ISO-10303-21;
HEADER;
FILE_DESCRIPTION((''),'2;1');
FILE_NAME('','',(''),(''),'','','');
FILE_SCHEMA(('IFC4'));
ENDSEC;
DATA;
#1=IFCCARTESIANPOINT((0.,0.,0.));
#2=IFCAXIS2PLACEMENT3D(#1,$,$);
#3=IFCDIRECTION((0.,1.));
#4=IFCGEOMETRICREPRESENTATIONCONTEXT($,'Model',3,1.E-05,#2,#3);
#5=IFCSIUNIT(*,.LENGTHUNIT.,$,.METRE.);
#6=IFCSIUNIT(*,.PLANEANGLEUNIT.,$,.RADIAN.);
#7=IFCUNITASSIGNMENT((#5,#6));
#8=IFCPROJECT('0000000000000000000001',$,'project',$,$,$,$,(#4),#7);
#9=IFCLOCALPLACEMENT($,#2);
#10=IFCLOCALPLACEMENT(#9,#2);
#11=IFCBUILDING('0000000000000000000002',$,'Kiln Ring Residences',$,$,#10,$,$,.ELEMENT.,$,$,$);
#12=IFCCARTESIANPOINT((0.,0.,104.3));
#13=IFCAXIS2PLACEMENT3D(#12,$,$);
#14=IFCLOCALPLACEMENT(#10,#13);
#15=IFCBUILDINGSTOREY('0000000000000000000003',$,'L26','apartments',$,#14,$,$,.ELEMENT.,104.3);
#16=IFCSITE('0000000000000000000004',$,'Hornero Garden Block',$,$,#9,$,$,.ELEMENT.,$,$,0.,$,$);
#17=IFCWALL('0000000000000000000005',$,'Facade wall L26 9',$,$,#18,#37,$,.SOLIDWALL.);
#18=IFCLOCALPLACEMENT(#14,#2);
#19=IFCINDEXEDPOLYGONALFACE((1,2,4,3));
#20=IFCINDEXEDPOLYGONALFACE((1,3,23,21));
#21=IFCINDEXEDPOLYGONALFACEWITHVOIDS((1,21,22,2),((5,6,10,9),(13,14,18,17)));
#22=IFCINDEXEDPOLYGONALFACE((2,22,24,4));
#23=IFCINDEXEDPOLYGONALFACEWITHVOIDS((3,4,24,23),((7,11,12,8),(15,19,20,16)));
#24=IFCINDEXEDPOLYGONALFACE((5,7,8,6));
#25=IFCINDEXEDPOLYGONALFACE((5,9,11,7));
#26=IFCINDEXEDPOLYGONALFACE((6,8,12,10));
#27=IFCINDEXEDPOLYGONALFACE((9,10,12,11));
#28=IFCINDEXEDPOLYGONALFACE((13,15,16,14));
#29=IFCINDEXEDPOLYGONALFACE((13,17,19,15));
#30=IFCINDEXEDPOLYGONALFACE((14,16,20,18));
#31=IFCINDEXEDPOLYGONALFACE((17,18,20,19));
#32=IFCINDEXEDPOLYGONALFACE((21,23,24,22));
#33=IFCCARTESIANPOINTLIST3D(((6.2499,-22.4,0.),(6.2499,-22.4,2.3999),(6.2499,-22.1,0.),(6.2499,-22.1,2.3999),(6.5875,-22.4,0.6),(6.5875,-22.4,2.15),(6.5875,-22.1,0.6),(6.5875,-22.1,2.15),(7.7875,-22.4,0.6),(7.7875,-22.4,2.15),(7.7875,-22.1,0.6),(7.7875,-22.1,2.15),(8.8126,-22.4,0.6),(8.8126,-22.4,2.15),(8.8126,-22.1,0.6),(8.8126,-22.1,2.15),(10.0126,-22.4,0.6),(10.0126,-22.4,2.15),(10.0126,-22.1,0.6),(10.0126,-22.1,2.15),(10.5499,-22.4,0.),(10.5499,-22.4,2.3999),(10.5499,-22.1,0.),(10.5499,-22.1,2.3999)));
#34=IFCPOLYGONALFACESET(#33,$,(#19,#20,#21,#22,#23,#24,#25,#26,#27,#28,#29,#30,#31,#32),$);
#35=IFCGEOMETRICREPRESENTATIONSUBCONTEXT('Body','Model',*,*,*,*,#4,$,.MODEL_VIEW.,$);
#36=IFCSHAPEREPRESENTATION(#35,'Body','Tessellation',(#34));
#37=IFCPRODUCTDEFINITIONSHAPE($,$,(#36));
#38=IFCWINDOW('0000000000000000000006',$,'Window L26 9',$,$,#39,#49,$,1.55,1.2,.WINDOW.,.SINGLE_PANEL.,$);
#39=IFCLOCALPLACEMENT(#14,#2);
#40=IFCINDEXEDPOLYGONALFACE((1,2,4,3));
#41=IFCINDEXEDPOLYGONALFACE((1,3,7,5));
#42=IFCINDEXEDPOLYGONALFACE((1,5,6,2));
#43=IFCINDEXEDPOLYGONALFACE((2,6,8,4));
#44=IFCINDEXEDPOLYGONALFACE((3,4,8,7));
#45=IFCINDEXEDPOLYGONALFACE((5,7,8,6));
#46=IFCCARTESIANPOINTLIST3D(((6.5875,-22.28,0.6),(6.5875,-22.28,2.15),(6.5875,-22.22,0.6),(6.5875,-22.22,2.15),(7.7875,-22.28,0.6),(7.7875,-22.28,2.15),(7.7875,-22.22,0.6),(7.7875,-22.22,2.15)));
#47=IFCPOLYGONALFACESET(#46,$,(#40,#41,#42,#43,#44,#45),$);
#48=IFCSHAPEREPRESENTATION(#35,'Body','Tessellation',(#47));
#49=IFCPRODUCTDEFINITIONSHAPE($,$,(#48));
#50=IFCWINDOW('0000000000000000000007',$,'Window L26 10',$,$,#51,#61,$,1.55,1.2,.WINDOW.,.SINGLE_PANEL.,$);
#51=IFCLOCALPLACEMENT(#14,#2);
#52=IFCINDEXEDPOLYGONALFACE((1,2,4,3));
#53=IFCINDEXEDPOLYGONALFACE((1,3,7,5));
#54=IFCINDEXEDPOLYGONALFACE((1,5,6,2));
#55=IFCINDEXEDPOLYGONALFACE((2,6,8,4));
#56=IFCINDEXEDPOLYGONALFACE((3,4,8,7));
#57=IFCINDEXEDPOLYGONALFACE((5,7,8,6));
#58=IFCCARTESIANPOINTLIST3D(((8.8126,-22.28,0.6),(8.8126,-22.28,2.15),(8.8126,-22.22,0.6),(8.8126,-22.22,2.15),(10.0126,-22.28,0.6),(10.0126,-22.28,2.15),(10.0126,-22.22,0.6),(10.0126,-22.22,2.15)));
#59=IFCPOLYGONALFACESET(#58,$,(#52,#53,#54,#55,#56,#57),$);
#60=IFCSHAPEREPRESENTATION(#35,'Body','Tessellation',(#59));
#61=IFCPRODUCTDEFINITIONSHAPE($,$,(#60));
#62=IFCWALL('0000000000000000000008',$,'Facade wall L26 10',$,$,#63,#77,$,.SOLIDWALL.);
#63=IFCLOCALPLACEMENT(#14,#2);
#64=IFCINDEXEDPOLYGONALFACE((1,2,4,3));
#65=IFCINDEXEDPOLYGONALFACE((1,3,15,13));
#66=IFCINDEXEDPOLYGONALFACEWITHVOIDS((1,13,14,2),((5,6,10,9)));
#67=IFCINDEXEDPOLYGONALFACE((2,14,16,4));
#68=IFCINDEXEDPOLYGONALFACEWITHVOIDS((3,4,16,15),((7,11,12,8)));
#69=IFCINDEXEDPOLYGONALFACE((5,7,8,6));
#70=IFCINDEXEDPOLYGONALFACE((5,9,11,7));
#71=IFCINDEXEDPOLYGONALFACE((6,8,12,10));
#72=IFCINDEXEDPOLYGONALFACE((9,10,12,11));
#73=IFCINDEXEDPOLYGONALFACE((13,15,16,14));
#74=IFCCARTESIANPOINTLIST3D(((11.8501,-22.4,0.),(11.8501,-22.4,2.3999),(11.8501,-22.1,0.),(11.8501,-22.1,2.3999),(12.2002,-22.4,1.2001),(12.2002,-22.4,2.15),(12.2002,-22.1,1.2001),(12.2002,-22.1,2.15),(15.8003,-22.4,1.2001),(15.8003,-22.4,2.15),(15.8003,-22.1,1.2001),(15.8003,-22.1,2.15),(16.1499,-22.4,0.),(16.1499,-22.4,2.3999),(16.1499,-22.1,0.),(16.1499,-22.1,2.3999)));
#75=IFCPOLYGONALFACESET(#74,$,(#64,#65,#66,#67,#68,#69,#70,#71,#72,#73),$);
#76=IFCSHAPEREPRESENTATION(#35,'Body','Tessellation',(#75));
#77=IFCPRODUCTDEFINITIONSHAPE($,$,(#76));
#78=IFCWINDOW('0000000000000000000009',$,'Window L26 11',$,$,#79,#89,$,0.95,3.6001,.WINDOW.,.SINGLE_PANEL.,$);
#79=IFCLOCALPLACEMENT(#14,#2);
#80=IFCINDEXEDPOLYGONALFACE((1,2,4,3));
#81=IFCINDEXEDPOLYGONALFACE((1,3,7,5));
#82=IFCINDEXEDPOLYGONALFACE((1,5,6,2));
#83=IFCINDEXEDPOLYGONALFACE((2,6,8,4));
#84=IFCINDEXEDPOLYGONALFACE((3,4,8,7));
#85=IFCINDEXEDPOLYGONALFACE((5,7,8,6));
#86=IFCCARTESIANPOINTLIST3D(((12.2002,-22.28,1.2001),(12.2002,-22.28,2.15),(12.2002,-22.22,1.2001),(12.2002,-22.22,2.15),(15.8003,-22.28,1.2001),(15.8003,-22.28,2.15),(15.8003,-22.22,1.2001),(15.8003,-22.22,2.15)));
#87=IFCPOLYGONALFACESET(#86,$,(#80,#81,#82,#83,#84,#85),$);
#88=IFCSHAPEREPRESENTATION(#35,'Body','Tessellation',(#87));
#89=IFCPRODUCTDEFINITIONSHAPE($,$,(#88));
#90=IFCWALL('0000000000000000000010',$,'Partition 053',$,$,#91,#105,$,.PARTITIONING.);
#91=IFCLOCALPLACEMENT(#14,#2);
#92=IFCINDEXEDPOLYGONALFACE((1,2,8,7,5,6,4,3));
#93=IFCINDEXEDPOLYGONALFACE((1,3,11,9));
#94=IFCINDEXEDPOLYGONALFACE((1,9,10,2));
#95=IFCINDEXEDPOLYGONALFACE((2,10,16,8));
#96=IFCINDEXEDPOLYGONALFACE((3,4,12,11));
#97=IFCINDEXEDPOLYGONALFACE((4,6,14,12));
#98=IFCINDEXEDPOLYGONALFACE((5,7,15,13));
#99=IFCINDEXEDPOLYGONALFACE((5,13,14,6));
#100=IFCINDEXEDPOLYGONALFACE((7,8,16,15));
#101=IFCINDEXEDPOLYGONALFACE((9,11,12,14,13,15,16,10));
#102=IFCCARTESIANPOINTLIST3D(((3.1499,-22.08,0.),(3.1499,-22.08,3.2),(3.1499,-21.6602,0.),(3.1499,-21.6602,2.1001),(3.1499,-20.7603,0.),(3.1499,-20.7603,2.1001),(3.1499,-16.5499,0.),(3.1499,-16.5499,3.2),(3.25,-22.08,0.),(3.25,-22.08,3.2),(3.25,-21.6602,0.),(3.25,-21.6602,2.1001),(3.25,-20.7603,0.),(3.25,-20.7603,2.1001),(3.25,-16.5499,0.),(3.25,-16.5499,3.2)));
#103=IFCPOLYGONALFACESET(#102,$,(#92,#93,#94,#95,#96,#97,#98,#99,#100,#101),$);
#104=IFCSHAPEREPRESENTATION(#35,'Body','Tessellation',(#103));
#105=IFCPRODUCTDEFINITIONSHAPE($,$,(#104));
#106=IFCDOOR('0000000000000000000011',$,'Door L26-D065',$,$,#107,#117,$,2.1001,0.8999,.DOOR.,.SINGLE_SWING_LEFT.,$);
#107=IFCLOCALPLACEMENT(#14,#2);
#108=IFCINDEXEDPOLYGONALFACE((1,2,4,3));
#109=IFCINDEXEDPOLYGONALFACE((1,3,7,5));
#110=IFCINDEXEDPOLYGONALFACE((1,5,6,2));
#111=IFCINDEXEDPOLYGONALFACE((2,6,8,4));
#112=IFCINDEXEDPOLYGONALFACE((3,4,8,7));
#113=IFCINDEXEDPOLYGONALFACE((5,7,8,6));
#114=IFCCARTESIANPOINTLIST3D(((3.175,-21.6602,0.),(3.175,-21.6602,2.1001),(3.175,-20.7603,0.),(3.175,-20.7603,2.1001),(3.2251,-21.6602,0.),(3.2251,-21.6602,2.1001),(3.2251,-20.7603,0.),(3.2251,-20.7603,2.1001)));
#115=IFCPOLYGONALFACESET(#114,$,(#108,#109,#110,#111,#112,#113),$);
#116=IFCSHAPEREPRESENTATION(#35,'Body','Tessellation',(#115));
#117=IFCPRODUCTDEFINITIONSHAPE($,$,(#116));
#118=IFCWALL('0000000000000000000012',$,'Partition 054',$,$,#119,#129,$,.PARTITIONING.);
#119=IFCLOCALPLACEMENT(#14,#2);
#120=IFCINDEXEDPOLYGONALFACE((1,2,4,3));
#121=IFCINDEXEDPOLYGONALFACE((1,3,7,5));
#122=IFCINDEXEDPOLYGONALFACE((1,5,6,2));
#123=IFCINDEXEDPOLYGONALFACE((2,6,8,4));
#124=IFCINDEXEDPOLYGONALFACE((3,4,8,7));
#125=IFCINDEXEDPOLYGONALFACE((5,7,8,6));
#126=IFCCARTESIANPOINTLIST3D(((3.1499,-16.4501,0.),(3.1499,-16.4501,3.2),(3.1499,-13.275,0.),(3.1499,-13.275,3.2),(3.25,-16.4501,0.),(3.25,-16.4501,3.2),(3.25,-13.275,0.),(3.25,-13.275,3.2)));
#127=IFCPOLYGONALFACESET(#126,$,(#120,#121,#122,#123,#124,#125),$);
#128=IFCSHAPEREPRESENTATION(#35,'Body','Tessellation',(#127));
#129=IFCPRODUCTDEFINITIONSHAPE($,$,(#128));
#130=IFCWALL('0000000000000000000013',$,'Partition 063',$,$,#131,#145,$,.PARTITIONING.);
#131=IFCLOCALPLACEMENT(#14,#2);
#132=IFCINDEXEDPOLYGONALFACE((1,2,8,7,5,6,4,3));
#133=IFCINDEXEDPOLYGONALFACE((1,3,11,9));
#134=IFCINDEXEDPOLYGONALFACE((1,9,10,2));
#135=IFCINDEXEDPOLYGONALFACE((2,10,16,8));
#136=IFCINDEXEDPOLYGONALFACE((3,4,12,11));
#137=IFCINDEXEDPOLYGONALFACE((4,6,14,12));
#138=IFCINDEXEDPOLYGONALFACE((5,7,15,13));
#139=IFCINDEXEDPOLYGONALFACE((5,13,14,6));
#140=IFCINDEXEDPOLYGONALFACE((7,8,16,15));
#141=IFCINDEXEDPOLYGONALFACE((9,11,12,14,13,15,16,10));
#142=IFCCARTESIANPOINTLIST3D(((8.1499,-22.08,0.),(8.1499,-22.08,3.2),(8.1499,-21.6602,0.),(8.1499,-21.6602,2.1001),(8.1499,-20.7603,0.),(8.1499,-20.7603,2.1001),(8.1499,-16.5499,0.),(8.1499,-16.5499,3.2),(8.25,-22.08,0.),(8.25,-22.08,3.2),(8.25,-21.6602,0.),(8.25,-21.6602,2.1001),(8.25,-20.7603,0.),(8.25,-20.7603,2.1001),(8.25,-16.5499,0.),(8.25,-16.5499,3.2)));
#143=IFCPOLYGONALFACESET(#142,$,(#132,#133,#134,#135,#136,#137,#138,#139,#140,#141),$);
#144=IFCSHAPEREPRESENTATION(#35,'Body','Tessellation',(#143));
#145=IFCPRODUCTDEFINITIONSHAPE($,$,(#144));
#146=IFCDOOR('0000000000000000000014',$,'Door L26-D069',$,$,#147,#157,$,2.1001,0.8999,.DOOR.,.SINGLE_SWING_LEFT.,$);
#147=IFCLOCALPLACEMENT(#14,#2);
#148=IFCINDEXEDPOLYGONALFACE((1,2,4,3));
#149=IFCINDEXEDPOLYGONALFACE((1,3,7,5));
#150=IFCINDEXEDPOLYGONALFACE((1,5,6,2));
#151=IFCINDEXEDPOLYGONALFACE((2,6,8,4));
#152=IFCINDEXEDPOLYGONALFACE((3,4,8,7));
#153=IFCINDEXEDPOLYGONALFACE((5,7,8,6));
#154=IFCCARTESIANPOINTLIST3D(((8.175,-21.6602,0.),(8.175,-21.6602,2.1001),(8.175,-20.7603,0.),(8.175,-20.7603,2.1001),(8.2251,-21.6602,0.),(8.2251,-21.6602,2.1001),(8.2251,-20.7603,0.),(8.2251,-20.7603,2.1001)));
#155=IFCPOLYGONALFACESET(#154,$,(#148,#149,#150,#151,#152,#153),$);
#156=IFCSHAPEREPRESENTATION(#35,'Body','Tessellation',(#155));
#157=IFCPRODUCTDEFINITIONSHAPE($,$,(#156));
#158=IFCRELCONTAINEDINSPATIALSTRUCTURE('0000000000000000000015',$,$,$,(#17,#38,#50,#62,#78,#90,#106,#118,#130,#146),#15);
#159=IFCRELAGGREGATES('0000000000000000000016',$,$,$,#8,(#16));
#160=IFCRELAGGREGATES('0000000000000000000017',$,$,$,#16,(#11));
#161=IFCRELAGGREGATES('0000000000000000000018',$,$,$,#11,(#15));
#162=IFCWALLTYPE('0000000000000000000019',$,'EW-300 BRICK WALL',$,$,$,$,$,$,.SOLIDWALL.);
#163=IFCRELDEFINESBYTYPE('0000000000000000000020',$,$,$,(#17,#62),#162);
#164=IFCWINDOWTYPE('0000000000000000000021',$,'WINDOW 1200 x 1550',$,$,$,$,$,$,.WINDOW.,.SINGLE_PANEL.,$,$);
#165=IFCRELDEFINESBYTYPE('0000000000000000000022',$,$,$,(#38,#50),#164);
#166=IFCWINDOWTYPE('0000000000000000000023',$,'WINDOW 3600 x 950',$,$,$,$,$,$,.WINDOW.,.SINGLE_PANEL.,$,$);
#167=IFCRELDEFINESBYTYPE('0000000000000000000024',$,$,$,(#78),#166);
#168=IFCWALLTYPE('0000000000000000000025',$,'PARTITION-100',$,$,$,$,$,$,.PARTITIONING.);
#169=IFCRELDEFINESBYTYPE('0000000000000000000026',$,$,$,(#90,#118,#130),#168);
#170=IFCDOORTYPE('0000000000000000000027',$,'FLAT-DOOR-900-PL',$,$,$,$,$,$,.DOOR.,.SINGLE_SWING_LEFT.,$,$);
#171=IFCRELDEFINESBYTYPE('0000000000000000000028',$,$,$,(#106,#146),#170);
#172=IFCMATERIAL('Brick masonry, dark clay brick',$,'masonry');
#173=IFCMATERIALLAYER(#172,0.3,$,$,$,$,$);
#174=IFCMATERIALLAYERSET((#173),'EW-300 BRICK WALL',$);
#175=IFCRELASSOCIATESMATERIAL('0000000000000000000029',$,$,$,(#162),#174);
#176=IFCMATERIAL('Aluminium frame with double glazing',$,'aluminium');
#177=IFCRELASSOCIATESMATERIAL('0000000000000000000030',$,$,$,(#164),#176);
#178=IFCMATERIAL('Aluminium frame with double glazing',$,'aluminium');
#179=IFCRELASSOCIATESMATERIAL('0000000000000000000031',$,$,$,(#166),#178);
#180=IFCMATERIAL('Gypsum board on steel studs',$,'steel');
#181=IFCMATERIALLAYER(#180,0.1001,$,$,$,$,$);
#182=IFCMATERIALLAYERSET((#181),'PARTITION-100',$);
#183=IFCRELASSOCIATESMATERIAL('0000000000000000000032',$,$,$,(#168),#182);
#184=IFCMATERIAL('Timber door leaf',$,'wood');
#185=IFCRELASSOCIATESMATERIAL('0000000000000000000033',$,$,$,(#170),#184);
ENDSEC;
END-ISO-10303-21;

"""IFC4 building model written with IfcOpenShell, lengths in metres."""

from ifc_helpers import new_model, si_unit, direction, frame, frame_2d, origin, place, context, subcontext, project, spatial, rectangle, extrude, material, layer, layer_set, type_object, element, fill, save


model = new_model("IFC4")

# Units and contexts
model_context = context("Model", 3, precision=1e-05, world=origin(), true_north=direction((0.0, 1.0)))
body_context = subcontext(model_context, "Body", "Model", "MODEL_VIEW")
ifc_project = project(units=[si_unit("LENGTHUNIT", "METRE"), si_unit("PLANEANGLEUNIT", "RADIAN")], contexts=[model_context])

# Site, building, storey
site_placement = place(None, origin())
site = spatial("IfcSite", under=ifc_project, at=site_placement, Name="Hornero Garden Block", CompositionType="ELEMENT", RefElevation=0.0)
building_placement = place(site_placement, origin())
building = spatial("IfcBuilding", under=site, at=building_placement, Name="Kiln Ring Residences", CompositionType="ELEMENT")
storey_placement = place(building_placement, frame((0.0, 0.0, 104.3)))
storey = spatial("IfcBuildingStorey", under=building, at=storey_placement, Name="L26", Description="apartments", CompositionType="ELEMENT", Elevation=104.3)

# Wall, openings, windows
ifc_material_1 = material(Name="Brick masonry, dark clay brick", Category="masonry")
ifc_layer_1 = layer(ifc_material_1, 0.3)
ifc_layer_set_1 = layer_set([ifc_layer_1], Name="EW-300 BRICK WALL")
wall_type_1 = type_object("IfcWallType", Name="EW-300 BRICK WALL", PredefinedType="SOLIDWALL", material=ifc_layer_set_1)
wall_1_placement = place(storey_placement, frame((6.25, -22.25, 0.0), z_axis=(0.0, 0.0, 1.0), x_axis=(1.0, 0.0, 0.0)))
wall_1 = element("IfcWall", 1, at=wall_1_placement, inside=storey, type_object=wall_type_1, Name="Facade wall L26 9", PredefinedType="SOLIDWALL", context=body_context, shape_type="SweptSolid", body=[
    extrude(rectangle(XDim=4.3, YDim=0.3, at=frame_2d((2.1499, 0.0))), origin(), (0.0, 0.0, 1.0), 2.3999),
])
opening_1_placement = place(wall_1_placement, frame((0.3374, 0.0, 0.6001)))
opening_1 = element("IfcOpeningElement", 2, at=opening_1_placement, cuts=wall_1, PredefinedType="OPENING", context=body_context, shape_type="SweptSolid", body=[
    extrude(rectangle(XDim=1.2, YDim=1.55, at=frame_2d((0.6001, 0.7749))), frame((0.0, 0.1599, 0.0), z_axis=(0.0, -1.0, 0.0), x_axis=(1.0, 0.0, 0.0)), (0.0, 0.0, 1.0), 0.3201),
])
opening_2_placement = place(wall_1_placement, frame((2.5625, 0.0, 0.6001)))
opening_2 = element("IfcOpeningElement", 3, at=opening_2_placement, cuts=wall_1, PredefinedType="OPENING", context=body_context, shape_type="SweptSolid", body=[
    extrude(rectangle(XDim=1.2, YDim=1.55, at=frame_2d((0.6001, 0.7749))), frame((0.0, 0.1599, 0.0), z_axis=(0.0, -1.0, 0.0), x_axis=(1.0, 0.0, 0.0)), (0.0, 0.0, 1.0), 0.3201),
])
ifc_material_2 = material(Name="Aluminium frame with double glazing", Category="aluminium")
window_type_1 = type_object("IfcWindowType", Name="WINDOW 1200 x 1550", PartitioningType="SINGLE_PANEL", PredefinedType="WINDOW", material=ifc_material_2)
window_1_placement = place(opening_1_placement, origin())
window_1 = element("IfcWindow", 4, at=window_1_placement, inside=storey, type_object=window_type_1, Name="Window L26 9", OverallHeight=1.55, OverallWidth=1.2, PartitioningType="SINGLE_PANEL", PredefinedType="WINDOW", context=body_context, shape_type="SweptSolid", body=[
    extrude(rectangle(XDim=1.2, YDim=1.55, at=frame_2d((0.6001, 0.7749))), frame((0.0, 0.03, 0.0), z_axis=(0.0, -1.0, 0.0), x_axis=(1.0, 0.0, 0.0)), (0.0, 0.0, 1.0), 0.0601),
])
fill(opening_1, window_1)
window_2_placement = place(opening_2_placement, origin())
window_2 = element("IfcWindow", 5, at=window_2_placement, inside=storey, type_object=window_type_1, Name="Window L26 10", OverallHeight=1.55, OverallWidth=1.2, PartitioningType="SINGLE_PANEL", PredefinedType="WINDOW", context=body_context, shape_type="SweptSolid", body=[
    extrude(rectangle(XDim=1.2, YDim=1.55, at=frame_2d((0.6001, 0.7749))), frame((0.0, 0.03, 0.0), z_axis=(0.0, -1.0, 0.0), x_axis=(1.0, 0.0, 0.0)), (0.0, 0.0, 1.0), 0.0601),
])
fill(opening_2, window_2)

# Wall, opening, window
wall_2_placement = place(storey_placement, frame((11.8501, -22.25, 0.0), z_axis=(0.0, 0.0, 1.0), x_axis=(1.0, 0.0, 0.0)))
wall_2 = element("IfcWall", 6, at=wall_2_placement, inside=storey, type_object=wall_type_1, Name="Facade wall L26 10", PredefinedType="SOLIDWALL", context=body_context, shape_type="SweptSolid", body=[
    extrude(rectangle(XDim=4.2998, YDim=0.3, at=frame_2d((2.1499, 0.0))), origin(), (0.0, 0.0, 1.0), 2.3999),
])
opening_3_placement = place(wall_2_placement, frame((0.3501, 0.0, 1.2)))
opening_3 = element("IfcOpeningElement", 7, at=opening_3_placement, cuts=wall_2, PredefinedType="OPENING", context=body_context, shape_type="SweptSolid", body=[
    extrude(rectangle(XDim=3.6001, YDim=0.95, at=frame_2d((1.8, 0.4751))), frame((0.0, 0.1599, 0.0), z_axis=(0.0, -1.0, 0.0), x_axis=(1.0, 0.0, 0.0)), (0.0, 0.0, 1.0), 0.3201),
])
ifc_material_3 = material(Name="Aluminium frame with double glazing", Category="aluminium")
window_type_2 = type_object("IfcWindowType", Name="WINDOW 3600 x 950", PartitioningType="SINGLE_PANEL", PredefinedType="WINDOW", material=ifc_material_3)
window_3_placement = place(opening_3_placement, origin())
window_3 = element("IfcWindow", 8, at=window_3_placement, inside=storey, type_object=window_type_2, Name="Window L26 11", OverallHeight=0.95, OverallWidth=3.6001, PartitioningType="SINGLE_PANEL", PredefinedType="WINDOW", context=body_context, shape_type="SweptSolid", body=[
    extrude(rectangle(XDim=3.6001, YDim=0.95, at=frame_2d((1.8, 0.4751))), frame((0.0, 0.03, 0.0), z_axis=(0.0, -1.0, 0.0), x_axis=(1.0, 0.0, 0.0)), (0.0, 0.0, 1.0), 0.0601),
])
fill(opening_3, window_3)

# Wall, opening, door
ifc_material_4 = material(Name="Gypsum board on steel studs", Category="steel")
ifc_layer_2 = layer(ifc_material_4, 0.1001)
ifc_layer_set_2 = layer_set([ifc_layer_2], Name="PARTITION-100")
wall_type_2 = type_object("IfcWallType", Name="PARTITION-100", PredefinedType="PARTITIONING", material=ifc_layer_set_2)
wall_3_placement = place(storey_placement, frame((3.2, -22.0801, 0.0), z_axis=(0.0, 0.0, 1.0), x_axis=(0.0, 1.0, 0.0)))
wall_3 = element("IfcWall", 9, at=wall_3_placement, inside=storey, type_object=wall_type_2, Name="Partition 053", PredefinedType="PARTITIONING", context=body_context, shape_type="SweptSolid", body=[
    extrude(rectangle(XDim=5.53, YDim=0.1001, at=frame_2d((2.7651, 0.0))), origin(), (0.0, 0.0, 1.0), 3.2),
])
opening_4_placement = place(wall_3_placement, frame((0.4199, 0.0, 0.0)))
opening_4 = element("IfcOpeningElement", 10, at=opening_4_placement, cuts=wall_3, PredefinedType="OPENING", context=body_context, shape_type="SweptSolid", body=[
    extrude(rectangle(XDim=0.8999, YDim=2.1001, at=frame_2d((0.45, 1.05))), frame((0.0, 0.0601, 0.0), z_axis=(0.0, -1.0, 0.0), x_axis=(1.0, 0.0, 0.0)), (0.0, 0.0, 1.0), 0.1201),
])
ifc_material_5 = material(Name="Timber door leaf", Category="wood")
door_type = type_object("IfcDoorType", Name="FLAT-DOOR-900-PL", OperationType="SINGLE_SWING_LEFT", PredefinedType="DOOR", material=ifc_material_5)
door_1_placement = place(opening_4_placement, origin())
door_1 = element("IfcDoor", 11, at=door_1_placement, inside=storey, type_object=door_type, Name="Door L26-D065", OperationType="SINGLE_SWING_LEFT", OverallHeight=2.1001, OverallWidth=0.8999, PredefinedType="DOOR", context=body_context, shape_type="SweptSolid", body=[
    extrude(rectangle(XDim=0.8999, YDim=2.1001, at=frame_2d((0.45, 1.05))), frame((0.0, 0.0249, 0.0), z_axis=(0.0, -1.0, 0.0), x_axis=(1.0, 0.0, 0.0)), (0.0, 0.0, 1.0), 0.05),
])
fill(opening_4, door_1)

# Wall
wall_4_placement = place(storey_placement, frame((3.2, -16.45, 0.0), z_axis=(0.0, 0.0, 1.0), x_axis=(0.0, 1.0, 0.0)))
element("IfcWall", 12, at=wall_4_placement, inside=storey, type_object=wall_type_2, Name="Partition 054", PredefinedType="PARTITIONING", context=body_context, shape_type="SweptSolid", body=[
    extrude(rectangle(XDim=3.175, YDim=0.1001, at=frame_2d((1.5874, 0.0))), origin(), (0.0, 0.0, 1.0), 3.2),
])

# Wall, opening, door
wall_5_placement = place(storey_placement, frame((8.2, -22.0801, 0.0), z_axis=(0.0, 0.0, 1.0), x_axis=(0.0, 1.0, 0.0)))
wall_5 = element("IfcWall", 13, at=wall_5_placement, inside=storey, type_object=wall_type_2, Name="Partition 063", PredefinedType="PARTITIONING", context=body_context, shape_type="SweptSolid", body=[
    extrude(rectangle(XDim=5.53, YDim=0.1001, at=frame_2d((2.7651, 0.0))), origin(), (0.0, 0.0, 1.0), 3.2),
])
opening_5_placement = place(wall_5_placement, frame((0.4199, 0.0, 0.0)))
opening_5 = element("IfcOpeningElement", 14, at=opening_5_placement, cuts=wall_5, PredefinedType="OPENING", context=body_context, shape_type="SweptSolid", body=[
    extrude(rectangle(XDim=0.8999, YDim=2.1001, at=frame_2d((0.45, 1.05))), frame((0.0, 0.0601, 0.0), z_axis=(0.0, -1.0, 0.0), x_axis=(1.0, 0.0, 0.0)), (0.0, 0.0, 1.0), 0.1201),
])
door_2_placement = place(opening_5_placement, origin())
door_2 = element("IfcDoor", 15, at=door_2_placement, inside=storey, type_object=door_type, Name="Door L26-D069", OperationType="SINGLE_SWING_LEFT", OverallHeight=2.1001, OverallWidth=0.8999, PredefinedType="DOOR", context=body_context, shape_type="SweptSolid", body=[
    extrude(rectangle(XDim=0.8999, YDim=2.1001, at=frame_2d((0.45, 1.05))), frame((0.0, 0.0249, 0.0), z_axis=(0.0, -1.0, 0.0), x_axis=(1.0, 0.0, 0.0)), (0.0, 0.0, 1.0), 0.05),
])
fill(opening_5, door_2)

save(model, "model.ifc")
